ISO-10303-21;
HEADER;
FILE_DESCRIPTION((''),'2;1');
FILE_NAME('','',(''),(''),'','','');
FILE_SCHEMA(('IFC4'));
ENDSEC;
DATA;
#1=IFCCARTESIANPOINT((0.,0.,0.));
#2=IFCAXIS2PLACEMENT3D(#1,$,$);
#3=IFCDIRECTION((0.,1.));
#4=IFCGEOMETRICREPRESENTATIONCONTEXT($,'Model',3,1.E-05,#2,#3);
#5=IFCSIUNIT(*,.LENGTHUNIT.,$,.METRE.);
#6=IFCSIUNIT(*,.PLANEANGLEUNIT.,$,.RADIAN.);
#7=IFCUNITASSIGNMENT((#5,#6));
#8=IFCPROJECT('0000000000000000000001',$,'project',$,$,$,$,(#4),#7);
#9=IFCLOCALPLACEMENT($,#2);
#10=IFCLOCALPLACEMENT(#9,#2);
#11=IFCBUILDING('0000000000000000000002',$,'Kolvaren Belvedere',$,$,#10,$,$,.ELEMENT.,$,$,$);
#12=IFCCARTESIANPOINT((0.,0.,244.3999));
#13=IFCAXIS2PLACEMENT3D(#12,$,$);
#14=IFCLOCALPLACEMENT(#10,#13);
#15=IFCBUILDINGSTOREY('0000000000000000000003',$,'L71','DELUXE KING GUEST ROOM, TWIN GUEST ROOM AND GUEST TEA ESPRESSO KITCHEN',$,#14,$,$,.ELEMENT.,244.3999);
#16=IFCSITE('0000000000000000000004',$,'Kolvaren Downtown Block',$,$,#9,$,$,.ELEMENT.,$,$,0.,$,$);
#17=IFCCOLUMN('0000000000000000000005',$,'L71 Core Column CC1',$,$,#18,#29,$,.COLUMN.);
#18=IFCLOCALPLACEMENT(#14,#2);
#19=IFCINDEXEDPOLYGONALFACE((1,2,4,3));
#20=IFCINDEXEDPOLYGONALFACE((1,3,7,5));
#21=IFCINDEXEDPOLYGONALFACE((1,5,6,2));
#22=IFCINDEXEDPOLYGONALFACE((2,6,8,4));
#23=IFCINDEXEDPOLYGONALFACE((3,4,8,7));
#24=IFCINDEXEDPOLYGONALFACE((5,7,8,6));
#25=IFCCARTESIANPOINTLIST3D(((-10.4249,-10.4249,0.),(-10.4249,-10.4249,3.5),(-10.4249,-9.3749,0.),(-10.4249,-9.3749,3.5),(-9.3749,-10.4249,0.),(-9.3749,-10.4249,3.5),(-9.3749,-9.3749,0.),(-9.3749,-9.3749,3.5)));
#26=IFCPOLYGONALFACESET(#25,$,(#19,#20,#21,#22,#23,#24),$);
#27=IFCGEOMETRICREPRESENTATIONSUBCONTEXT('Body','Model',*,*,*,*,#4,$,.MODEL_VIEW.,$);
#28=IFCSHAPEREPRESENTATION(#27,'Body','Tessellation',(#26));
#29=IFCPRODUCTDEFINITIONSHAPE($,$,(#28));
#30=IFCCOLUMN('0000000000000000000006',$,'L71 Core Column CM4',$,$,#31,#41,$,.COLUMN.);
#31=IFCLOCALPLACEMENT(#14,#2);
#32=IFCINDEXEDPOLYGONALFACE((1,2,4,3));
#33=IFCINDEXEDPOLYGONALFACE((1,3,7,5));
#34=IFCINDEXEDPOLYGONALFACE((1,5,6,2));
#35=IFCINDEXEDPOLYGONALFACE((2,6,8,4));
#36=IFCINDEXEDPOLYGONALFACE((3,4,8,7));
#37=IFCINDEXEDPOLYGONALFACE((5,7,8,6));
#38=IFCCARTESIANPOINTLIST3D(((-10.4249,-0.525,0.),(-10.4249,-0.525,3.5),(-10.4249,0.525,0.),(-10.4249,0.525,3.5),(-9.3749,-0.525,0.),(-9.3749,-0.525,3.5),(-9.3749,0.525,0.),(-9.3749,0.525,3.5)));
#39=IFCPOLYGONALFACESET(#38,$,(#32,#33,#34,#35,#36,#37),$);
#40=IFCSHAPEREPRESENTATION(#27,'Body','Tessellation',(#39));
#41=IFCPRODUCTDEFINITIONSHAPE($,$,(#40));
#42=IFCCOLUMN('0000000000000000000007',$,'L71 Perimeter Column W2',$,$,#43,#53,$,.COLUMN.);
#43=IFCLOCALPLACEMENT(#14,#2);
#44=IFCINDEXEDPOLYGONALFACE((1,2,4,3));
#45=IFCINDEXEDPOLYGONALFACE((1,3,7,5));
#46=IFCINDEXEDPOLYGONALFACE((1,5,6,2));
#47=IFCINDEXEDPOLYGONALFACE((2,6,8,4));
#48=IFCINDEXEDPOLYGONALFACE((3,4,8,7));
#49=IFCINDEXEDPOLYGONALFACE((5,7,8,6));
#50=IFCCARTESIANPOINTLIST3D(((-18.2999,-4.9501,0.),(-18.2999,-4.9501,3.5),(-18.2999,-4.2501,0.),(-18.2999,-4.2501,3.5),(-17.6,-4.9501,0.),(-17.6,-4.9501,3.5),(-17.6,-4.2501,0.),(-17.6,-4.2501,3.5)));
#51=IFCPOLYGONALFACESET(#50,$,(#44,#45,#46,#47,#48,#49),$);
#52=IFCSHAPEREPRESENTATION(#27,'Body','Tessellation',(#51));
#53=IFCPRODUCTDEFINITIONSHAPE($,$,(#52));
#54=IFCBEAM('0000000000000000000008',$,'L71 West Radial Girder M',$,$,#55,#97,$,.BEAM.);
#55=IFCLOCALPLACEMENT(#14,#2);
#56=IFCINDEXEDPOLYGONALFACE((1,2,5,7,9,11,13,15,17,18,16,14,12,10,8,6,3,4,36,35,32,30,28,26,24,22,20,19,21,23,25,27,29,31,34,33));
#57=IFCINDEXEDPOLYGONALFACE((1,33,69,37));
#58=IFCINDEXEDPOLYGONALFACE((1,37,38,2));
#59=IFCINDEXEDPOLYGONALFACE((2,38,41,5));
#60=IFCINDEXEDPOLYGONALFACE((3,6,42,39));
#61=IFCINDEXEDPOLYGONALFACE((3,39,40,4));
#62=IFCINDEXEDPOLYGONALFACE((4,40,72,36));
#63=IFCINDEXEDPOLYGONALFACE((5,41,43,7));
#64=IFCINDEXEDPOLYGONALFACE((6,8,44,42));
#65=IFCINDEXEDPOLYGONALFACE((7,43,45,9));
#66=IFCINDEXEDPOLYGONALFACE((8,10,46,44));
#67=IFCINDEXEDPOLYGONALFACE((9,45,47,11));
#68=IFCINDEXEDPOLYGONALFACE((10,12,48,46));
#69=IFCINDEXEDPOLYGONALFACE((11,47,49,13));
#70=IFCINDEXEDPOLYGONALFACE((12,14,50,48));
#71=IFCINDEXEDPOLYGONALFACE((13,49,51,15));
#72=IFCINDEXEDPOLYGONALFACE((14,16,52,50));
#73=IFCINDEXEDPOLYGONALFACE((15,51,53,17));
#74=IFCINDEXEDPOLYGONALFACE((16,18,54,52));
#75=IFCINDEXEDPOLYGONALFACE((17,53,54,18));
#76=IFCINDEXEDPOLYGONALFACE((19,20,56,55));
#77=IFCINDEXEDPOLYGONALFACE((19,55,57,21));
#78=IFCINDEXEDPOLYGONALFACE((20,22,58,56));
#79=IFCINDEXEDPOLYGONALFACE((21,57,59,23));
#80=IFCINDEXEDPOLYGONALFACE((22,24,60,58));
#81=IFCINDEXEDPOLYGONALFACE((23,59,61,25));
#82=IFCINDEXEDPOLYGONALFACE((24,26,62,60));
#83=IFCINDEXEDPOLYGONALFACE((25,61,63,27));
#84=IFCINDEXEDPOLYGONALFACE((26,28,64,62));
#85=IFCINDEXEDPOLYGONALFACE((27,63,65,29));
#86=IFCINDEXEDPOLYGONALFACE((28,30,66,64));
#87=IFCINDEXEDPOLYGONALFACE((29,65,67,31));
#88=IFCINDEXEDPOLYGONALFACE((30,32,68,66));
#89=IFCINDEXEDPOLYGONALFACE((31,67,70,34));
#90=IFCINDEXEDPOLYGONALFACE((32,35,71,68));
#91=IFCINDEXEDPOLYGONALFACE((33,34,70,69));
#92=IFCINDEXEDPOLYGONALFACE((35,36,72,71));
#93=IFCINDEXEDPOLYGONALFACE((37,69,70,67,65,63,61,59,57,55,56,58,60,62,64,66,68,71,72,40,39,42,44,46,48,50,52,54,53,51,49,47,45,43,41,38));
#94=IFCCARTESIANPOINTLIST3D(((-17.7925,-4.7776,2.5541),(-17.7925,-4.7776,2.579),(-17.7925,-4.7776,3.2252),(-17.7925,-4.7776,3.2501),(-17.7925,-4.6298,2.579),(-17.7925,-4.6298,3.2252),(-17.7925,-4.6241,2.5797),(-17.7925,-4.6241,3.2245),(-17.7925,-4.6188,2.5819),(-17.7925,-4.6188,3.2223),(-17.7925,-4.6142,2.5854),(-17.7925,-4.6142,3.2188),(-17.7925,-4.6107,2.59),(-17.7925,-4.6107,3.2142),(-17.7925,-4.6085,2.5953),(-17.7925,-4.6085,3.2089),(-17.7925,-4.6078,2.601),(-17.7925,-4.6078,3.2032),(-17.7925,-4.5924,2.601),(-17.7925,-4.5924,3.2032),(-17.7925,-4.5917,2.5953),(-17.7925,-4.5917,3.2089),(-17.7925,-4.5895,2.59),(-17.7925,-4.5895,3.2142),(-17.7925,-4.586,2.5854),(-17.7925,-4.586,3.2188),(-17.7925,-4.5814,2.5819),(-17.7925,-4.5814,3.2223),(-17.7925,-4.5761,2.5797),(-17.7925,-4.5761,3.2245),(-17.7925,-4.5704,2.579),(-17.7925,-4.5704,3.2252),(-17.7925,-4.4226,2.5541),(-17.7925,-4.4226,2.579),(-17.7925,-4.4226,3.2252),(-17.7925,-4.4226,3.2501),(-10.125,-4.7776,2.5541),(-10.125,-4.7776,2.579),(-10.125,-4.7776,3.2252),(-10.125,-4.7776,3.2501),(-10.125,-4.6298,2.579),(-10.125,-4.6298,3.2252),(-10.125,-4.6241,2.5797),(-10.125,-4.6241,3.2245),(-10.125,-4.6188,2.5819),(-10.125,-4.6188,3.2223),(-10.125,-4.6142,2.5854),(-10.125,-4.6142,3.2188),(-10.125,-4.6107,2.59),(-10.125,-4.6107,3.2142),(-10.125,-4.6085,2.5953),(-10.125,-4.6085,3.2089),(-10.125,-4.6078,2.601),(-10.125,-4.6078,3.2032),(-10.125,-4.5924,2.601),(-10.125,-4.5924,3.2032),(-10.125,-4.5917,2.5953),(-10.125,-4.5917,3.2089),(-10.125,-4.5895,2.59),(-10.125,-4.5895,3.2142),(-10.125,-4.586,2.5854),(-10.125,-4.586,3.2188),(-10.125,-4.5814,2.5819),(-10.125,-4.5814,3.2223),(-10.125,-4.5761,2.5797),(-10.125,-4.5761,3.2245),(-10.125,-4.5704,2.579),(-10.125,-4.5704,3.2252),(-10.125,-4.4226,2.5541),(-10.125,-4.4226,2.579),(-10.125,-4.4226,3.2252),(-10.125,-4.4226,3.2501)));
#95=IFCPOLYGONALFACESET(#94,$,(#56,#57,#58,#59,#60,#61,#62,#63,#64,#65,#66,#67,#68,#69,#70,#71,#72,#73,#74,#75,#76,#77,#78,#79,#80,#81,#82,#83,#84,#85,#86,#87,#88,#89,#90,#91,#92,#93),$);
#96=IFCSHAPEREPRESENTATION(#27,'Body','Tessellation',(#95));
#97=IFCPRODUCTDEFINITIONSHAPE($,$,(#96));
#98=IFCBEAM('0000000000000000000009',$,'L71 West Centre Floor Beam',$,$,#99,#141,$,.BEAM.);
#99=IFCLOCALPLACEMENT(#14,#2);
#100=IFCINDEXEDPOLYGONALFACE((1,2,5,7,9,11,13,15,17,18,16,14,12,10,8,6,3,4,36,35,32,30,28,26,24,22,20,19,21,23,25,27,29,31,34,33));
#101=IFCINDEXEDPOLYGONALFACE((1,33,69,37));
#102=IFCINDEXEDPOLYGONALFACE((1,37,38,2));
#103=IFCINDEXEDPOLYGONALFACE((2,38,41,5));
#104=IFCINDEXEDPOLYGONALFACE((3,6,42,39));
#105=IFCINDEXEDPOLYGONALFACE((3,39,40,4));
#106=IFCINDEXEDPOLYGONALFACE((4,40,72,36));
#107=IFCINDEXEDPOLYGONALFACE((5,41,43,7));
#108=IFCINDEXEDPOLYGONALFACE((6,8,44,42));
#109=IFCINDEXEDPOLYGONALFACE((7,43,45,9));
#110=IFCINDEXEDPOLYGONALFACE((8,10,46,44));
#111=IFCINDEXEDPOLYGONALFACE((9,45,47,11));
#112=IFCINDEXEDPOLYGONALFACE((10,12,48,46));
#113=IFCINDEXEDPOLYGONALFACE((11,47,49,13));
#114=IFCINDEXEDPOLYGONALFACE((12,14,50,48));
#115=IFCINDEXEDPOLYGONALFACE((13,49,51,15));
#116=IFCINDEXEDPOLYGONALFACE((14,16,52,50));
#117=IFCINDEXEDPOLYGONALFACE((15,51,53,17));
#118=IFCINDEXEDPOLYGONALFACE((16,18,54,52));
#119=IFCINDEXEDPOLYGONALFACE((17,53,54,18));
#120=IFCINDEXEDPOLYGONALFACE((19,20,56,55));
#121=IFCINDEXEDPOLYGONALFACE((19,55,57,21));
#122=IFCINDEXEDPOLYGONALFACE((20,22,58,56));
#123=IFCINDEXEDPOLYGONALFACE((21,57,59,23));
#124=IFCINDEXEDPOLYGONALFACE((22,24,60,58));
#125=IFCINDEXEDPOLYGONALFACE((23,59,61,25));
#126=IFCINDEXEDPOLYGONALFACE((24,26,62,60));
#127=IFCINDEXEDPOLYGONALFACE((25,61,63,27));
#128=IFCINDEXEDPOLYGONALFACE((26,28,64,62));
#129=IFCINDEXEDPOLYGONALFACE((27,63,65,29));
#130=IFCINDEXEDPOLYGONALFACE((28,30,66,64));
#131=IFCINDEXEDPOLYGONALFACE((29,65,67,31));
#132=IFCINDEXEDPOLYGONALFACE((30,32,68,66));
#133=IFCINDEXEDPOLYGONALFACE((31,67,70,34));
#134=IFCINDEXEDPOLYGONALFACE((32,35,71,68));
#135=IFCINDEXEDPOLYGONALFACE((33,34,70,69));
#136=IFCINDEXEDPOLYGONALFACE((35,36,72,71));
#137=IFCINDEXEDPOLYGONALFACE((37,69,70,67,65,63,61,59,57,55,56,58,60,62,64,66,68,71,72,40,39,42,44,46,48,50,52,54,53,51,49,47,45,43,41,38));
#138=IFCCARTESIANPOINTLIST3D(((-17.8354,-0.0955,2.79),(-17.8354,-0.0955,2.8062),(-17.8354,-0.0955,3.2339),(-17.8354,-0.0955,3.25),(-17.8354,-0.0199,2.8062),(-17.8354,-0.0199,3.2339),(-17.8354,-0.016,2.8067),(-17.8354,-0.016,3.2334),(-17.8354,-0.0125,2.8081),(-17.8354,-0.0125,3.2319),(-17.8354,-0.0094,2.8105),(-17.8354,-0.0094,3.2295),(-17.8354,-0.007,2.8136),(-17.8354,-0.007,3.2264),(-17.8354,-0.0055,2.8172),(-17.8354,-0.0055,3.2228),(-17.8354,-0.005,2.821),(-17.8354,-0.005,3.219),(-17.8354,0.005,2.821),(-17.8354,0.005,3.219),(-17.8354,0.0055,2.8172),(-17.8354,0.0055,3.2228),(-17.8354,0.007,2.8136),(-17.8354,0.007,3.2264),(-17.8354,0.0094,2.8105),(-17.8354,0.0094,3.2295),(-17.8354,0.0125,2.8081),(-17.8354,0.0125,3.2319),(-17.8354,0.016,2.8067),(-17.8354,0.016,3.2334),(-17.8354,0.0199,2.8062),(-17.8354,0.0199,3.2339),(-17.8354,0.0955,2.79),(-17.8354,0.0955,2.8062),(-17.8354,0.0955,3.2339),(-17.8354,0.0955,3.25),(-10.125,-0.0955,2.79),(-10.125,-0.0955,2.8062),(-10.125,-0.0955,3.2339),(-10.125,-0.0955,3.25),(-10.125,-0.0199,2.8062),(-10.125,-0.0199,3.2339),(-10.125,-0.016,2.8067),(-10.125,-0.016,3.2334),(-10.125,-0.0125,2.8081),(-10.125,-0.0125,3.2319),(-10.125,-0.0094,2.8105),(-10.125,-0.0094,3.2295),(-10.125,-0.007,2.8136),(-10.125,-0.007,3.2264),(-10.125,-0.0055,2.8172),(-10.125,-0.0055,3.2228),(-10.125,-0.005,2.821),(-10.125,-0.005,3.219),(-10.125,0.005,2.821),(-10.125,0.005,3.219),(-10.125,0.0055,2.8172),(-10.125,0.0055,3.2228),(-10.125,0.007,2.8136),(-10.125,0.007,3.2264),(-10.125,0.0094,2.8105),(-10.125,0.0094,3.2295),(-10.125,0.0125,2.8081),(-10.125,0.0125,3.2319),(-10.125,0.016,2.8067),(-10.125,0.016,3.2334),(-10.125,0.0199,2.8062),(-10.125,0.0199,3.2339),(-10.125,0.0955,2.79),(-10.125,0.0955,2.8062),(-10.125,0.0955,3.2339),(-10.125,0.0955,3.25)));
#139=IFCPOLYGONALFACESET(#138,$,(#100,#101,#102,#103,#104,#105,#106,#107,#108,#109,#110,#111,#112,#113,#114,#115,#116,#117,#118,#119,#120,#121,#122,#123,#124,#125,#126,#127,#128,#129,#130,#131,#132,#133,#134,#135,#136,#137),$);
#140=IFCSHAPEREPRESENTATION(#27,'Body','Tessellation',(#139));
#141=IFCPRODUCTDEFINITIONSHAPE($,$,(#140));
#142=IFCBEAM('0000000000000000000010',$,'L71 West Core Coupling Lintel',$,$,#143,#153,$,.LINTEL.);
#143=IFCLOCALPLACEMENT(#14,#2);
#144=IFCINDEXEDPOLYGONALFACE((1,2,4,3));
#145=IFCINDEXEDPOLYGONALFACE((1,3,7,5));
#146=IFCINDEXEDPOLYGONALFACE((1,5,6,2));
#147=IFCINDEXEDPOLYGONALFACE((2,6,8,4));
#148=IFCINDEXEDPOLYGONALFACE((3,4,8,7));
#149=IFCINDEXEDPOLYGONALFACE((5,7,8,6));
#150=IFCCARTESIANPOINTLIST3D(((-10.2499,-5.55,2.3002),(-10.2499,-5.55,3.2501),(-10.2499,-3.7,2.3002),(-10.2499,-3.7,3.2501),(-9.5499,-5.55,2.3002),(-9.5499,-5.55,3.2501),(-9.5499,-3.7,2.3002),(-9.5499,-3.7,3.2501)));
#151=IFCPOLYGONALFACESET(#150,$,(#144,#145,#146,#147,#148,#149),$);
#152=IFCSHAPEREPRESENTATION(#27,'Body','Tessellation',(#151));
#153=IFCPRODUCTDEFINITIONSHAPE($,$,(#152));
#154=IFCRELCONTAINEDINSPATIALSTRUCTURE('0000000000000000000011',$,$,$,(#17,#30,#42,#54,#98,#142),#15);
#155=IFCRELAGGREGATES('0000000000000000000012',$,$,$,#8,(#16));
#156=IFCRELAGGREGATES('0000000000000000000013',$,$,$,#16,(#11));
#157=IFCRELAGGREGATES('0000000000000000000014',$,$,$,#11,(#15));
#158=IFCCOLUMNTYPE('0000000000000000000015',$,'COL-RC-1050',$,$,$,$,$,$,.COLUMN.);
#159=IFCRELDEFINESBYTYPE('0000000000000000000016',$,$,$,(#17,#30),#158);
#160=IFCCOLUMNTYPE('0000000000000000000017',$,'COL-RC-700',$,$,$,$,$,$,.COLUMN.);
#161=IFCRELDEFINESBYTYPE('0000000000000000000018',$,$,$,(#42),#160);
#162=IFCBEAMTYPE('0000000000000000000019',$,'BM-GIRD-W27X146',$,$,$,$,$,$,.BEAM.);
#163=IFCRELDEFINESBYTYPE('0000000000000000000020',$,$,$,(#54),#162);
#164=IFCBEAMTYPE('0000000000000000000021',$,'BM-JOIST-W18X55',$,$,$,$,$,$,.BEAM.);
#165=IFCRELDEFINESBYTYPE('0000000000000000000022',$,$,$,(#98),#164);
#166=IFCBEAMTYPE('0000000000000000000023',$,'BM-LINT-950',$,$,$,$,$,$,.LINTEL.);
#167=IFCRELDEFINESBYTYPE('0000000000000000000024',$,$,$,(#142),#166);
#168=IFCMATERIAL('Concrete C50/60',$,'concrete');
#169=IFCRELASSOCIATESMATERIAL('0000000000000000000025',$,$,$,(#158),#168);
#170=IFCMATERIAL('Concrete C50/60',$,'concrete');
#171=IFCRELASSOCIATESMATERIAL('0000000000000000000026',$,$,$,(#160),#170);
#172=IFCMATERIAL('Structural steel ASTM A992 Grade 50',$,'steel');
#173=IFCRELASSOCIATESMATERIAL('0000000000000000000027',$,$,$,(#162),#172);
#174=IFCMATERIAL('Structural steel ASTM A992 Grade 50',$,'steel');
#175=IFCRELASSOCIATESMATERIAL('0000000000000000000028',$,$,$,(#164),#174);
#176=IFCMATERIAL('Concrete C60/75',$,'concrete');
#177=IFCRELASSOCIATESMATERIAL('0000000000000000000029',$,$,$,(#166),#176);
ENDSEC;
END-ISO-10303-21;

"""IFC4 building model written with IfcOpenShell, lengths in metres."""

from ifc_helpers import new_model, si_unit, direction, frame, origin, origin_2d, place, context, subcontext, project, spatial, rectangle, i_section, extrude, material, material_profile, profile_set, type_object, element, save


model = new_model("IFC4")

# Units and contexts
model_context = context("Model", 3, precision=1e-05, world=origin(), true_north=direction((0.0, 1.0)))
body_context = subcontext(model_context, "Body", "Model", "MODEL_VIEW")
ifc_project = project(units=[si_unit("LENGTHUNIT", "METRE"), si_unit("PLANEANGLEUNIT", "RADIAN")], contexts=[model_context])

# Site, building, storey
site_placement = place(None, origin())
site = spatial("IfcSite", under=ifc_project, at=site_placement, Name="Kolvaren Downtown Block", CompositionType="ELEMENT", RefElevation=0.0)
building_placement = place(site_placement, origin())
building = spatial("IfcBuilding", under=site, at=building_placement, Name="Kolvaren Belvedere", CompositionType="ELEMENT")
storey_placement = place(building_placement, frame((0.0, 0.0, 244.3999)))
storey = spatial("IfcBuildingStorey", under=building, at=storey_placement, Name="L71", Description="DELUXE KING GUEST ROOM, TWIN GUEST ROOM AND GUEST TEA ESPRESSO KITCHEN", CompositionType="ELEMENT", Elevation=244.3999)

# Columns
ifc_material_1 = material(Name="Concrete C50/60", Category="concrete")
ifc_material_profile_1 = material_profile(ifc_material_1, rectangle(XDim=1.05, YDim=1.05, at=origin_2d()), Name="RC 1050X1050")
ifc_profile_set_1 = profile_set([ifc_material_profile_1], Name="Concrete C50/60")
column_type_1 = type_object("IfcColumnType", Name="COL-RC-1050", PredefinedType="COLUMN", material=ifc_profile_set_1)
for number, where, z_axis, x_axis, name in (
    (1, (-9.8999, -9.8999, 0.0), (0.0, 0.0, 1.0), (1.0, 0.0, 0.0), "L71 Core Column CC1"),
    (2, (-9.8999, 0.0, 0.0), (0.0, 0.0, 1.0), (1.0, 0.0, 0.0), "L71 Core Column CM4"),
):
    element("IfcColumn", number, at=place(storey_placement, frame(where, z_axis=z_axis, x_axis=x_axis)), inside=storey, type_object=column_type_1, Name=name, PredefinedType="COLUMN", context=body_context, shape_type="SweptSolid", body=[
        extrude(rectangle(XDim=1.05, YDim=1.05, at=origin_2d()), origin(), (0.0, 0.0, 1.0), 3.5),
    ])
ifc_material_2 = material(Name="Concrete C50/60", Category="concrete")
ifc_material_profile_2 = material_profile(ifc_material_2, rectangle(XDim=0.7, YDim=0.7, at=origin_2d()), Name="RC 700X700")
ifc_profile_set_2 = profile_set([ifc_material_profile_2], Name="Concrete C50/60")
column_type_2 = type_object("IfcColumnType", Name="COL-RC-700", PredefinedType="COLUMN", material=ifc_profile_set_2)
column_placement = place(storey_placement, frame((-17.95, -4.6001, 0.0), z_axis=(0.0, 0.0, 1.0), x_axis=(1.0, 0.0, 0.0)))
element("IfcColumn", 3, at=column_placement, inside=storey, type_object=column_type_2, Name="L71 Perimeter Column W2", PredefinedType="COLUMN", context=body_context, shape_type="SweptSolid", body=[
    extrude(rectangle(XDim=0.7, YDim=0.7, at=origin_2d()), origin(), (0.0, 0.0, 1.0), 3.5),
])

# Beams
ifc_material_3 = material(Name="Structural steel ASTM A992 Grade 50", Category="steel")
ifc_material_profile_3 = material_profile(ifc_material_3, i_section(OverallWidth=0.355, OverallDepth=0.696, WebThickness=0.0154, FlangeThickness=0.0249, FilletRadius=0.022, at=origin_2d()), Name="W27X146")
ifc_profile_set_3 = profile_set([ifc_material_profile_3], Name="Structural steel ASTM A992 Grade 50")
beam_type_1 = type_object("IfcBeamType", Name="BM-GIRD-W27X146", PredefinedType="BEAM", material=ifc_profile_set_3)
beam_1_placement = place(storey_placement, frame((-10.125, -4.6001, 2.9021), z_axis=(-1.0, 0.0, 0.0), x_axis=(0.0, -1.0, 0.0)))
element("IfcBeam", 4, at=beam_1_placement, inside=storey, type_object=beam_type_1, Name="L71 West Radial Girder M", PredefinedType="BEAM", context=body_context, shape_type="SweptSolid", body=[
    extrude(i_section(OverallWidth=0.355, OverallDepth=0.696, WebThickness=0.0154, FlangeThickness=0.0249, FilletRadius=0.022, at=origin_2d()), origin(), (0.0, 0.0, 1.0), 7.6675),
])
ifc_material_4 = material(Name="Structural steel ASTM A992 Grade 50", Category="steel")
ifc_material_profile_4 = material_profile(ifc_material_4, i_section(OverallWidth=0.1909, OverallDepth=0.46, WebThickness=0.01, FlangeThickness=0.0161, FilletRadius=0.0149, at=origin_2d()), Name="W18X55")
ifc_profile_set_4 = profile_set([ifc_material_profile_4], Name="Structural steel ASTM A992 Grade 50")
beam_type_2 = type_object("IfcBeamType", Name="BM-JOIST-W18X55", PredefinedType="BEAM", material=ifc_profile_set_4)
beam_2_placement = place(storey_placement, frame((-10.125, 0.0, 3.02), z_axis=(-1.0, 0.0, 0.0), x_axis=(0.0, -1.0, 0.0)))
element("IfcBeam", 5, at=beam_2_placement, inside=storey, type_object=beam_type_2, Name="L71 West Centre Floor Beam", PredefinedType="BEAM", context=body_context, shape_type="SweptSolid", body=[
    extrude(i_section(OverallWidth=0.1909, OverallDepth=0.46, WebThickness=0.01, FlangeThickness=0.0161, FilletRadius=0.0149, at=origin_2d()), origin(), (0.0, 0.0, 1.0), 7.7104),
])
ifc_material_5 = material(Name="Concrete C60/75", Category="concrete")
ifc_material_profile_5 = material_profile(ifc_material_5, rectangle(XDim=0.7, YDim=0.95, at=origin_2d()), Name="RC 700X950")
ifc_profile_set_5 = profile_set([ifc_material_profile_5], Name="Concrete C60/75")
beam_type_3 = type_object("IfcBeamType", Name="BM-LINT-950", PredefinedType="LINTEL", material=ifc_profile_set_5)
beam_3_placement = place(storey_placement, frame((-9.8999, -5.55, 2.7751), z_axis=(0.0, 1.0, 0.0), x_axis=(-1.0, 0.0, 0.0)))
element("IfcBeam", 6, at=beam_3_placement, inside=storey, type_object=beam_type_3, Name="L71 West Core Coupling Lintel", PredefinedType="LINTEL", context=body_context, shape_type="SweptSolid", body=[
    extrude(rectangle(XDim=0.7, YDim=0.95, at=origin_2d()), origin(), (0.0, 0.0, 1.0), 1.8501),
])

save(model, "model.ifc")
